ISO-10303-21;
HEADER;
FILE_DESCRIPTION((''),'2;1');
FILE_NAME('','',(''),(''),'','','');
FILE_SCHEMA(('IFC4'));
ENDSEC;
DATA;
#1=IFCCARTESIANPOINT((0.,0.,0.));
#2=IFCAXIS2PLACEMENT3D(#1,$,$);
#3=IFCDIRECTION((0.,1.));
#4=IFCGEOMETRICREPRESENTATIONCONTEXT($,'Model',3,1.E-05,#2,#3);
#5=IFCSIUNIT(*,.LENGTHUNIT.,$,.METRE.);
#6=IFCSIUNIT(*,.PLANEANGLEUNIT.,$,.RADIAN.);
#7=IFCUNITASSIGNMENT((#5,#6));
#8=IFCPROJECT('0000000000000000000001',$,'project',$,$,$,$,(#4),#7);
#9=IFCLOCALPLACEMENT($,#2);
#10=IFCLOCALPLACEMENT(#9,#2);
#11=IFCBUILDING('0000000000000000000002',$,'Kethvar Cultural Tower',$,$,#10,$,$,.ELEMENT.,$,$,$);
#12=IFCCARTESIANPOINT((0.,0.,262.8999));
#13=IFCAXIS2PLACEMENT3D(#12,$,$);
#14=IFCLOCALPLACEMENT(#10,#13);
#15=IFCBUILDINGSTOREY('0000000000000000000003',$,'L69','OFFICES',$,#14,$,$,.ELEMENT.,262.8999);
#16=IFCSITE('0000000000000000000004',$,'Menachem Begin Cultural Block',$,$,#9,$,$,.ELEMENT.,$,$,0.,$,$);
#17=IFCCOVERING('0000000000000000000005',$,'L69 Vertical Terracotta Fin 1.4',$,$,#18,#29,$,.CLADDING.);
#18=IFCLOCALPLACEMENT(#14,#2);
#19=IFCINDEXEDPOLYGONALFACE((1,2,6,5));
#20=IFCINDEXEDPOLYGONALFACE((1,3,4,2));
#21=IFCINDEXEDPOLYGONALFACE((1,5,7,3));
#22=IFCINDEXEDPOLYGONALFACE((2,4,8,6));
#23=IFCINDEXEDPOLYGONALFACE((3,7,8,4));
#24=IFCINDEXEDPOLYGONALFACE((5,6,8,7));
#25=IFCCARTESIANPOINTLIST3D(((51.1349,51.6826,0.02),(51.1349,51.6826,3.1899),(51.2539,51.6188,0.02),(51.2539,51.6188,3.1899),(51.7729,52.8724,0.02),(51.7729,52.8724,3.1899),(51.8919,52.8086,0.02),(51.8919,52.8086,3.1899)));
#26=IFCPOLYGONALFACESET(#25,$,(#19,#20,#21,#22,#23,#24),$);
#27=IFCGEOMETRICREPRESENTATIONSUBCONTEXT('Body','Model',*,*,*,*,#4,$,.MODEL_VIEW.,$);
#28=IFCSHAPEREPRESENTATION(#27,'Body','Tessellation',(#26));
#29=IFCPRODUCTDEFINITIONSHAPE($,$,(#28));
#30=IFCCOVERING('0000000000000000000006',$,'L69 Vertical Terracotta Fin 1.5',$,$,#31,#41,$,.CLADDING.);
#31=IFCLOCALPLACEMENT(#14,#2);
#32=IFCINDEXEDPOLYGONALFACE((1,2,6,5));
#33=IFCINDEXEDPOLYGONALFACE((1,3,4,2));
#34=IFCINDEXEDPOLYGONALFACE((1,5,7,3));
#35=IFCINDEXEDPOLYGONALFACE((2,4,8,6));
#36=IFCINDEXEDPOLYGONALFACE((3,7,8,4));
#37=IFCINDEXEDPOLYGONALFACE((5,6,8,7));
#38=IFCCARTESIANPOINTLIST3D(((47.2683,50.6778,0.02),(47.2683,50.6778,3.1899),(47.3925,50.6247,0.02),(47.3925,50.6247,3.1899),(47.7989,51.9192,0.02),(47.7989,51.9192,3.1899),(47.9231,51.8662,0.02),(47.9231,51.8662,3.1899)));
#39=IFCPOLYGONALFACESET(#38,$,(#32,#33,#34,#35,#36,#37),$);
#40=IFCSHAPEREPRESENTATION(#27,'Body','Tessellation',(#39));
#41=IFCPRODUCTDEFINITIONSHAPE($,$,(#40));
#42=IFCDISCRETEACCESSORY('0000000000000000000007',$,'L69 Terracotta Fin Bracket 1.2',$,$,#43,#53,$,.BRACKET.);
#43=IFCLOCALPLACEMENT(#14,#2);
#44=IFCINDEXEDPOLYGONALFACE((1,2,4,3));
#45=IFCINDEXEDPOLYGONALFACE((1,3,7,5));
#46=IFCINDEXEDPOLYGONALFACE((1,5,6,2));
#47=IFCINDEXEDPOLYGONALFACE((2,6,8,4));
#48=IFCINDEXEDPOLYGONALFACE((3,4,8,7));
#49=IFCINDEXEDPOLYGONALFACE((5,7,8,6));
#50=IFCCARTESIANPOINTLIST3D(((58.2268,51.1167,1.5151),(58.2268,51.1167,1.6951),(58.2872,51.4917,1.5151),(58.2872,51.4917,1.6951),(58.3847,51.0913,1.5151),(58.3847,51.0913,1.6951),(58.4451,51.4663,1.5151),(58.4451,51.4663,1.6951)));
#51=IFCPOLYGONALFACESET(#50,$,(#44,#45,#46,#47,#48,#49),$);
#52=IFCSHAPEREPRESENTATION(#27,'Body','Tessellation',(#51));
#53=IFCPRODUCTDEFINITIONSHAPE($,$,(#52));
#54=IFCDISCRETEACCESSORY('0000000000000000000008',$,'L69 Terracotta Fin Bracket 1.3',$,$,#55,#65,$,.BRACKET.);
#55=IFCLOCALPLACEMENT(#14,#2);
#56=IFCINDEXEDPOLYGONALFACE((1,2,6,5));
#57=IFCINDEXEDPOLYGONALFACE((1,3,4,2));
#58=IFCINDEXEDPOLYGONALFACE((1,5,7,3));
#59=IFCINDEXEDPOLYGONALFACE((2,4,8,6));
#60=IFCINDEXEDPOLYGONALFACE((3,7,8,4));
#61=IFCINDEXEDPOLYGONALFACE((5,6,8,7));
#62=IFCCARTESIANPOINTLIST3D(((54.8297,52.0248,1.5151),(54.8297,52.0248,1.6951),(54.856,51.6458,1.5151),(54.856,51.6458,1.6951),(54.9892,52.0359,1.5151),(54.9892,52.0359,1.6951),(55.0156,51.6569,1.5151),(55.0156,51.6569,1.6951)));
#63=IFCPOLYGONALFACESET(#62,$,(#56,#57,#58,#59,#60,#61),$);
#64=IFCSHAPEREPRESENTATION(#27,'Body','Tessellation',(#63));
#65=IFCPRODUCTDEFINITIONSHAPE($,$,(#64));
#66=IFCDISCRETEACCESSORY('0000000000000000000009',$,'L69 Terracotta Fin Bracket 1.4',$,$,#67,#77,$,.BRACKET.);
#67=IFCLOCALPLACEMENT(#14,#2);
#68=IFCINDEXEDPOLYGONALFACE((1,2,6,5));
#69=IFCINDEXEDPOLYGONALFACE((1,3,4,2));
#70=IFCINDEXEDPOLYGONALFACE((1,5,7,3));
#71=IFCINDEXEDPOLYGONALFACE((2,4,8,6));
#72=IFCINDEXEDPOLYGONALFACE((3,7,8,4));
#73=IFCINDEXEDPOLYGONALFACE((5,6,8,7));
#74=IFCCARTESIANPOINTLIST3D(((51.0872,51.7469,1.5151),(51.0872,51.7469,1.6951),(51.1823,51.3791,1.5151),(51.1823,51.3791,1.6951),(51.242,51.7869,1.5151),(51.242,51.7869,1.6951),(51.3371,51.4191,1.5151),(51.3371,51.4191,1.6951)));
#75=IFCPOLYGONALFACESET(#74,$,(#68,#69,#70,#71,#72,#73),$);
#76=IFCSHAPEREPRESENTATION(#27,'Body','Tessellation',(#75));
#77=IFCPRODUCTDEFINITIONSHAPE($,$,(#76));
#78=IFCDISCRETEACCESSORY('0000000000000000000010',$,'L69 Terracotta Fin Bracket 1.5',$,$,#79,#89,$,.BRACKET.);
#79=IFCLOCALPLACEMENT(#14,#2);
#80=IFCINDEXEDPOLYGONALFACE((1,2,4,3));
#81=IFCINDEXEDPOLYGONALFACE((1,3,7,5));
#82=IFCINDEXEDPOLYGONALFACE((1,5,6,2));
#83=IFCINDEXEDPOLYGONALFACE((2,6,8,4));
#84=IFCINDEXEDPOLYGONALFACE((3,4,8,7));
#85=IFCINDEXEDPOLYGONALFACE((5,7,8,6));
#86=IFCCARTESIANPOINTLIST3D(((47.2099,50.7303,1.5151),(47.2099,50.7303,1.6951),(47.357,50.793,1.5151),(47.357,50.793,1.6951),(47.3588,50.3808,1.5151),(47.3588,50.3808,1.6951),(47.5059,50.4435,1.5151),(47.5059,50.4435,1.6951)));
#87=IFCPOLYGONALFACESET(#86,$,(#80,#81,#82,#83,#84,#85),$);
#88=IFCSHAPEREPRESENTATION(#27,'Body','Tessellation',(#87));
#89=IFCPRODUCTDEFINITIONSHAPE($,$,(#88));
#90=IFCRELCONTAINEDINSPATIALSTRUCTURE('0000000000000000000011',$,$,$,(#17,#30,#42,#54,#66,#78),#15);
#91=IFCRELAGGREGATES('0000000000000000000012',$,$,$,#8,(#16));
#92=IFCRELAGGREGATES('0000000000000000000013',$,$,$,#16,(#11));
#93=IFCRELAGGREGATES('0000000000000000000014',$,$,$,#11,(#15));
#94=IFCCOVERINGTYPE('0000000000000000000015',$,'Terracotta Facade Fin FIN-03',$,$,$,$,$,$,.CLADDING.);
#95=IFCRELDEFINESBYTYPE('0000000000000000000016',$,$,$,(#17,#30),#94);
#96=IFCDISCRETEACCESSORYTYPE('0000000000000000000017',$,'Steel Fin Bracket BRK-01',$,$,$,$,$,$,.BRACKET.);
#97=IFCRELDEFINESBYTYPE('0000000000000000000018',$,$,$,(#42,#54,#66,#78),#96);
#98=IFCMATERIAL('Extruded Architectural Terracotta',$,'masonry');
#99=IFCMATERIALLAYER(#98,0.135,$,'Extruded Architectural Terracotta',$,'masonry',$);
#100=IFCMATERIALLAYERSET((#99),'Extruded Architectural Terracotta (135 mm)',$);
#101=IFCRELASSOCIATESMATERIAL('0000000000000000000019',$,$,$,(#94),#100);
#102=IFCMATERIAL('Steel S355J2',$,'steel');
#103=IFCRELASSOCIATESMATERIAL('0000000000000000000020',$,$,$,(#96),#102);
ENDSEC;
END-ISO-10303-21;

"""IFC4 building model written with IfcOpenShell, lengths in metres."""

from ifc_helpers import new_model, si_unit, direction, frame, origin, origin_2d, place, context, subcontext, project, spatial, rectangle, extrude, source, transform, mapped, material, layer, layer_set, type_object, element, save


model = new_model("IFC4")

# Units and contexts
model_context = context("Model", 3, precision=1e-05, world=origin(), true_north=direction((0.0, 1.0)))
body_context = subcontext(model_context, "Body", "Model", "MODEL_VIEW")
ifc_project = project(units=[si_unit("LENGTHUNIT", "METRE"), si_unit("PLANEANGLEUNIT", "RADIAN")], contexts=[model_context])

# Site, building, storey
site_placement = place(None, origin())
site = spatial("IfcSite", under=ifc_project, at=site_placement, Name="Menachem Begin Cultural Block", CompositionType="ELEMENT", RefElevation=0.0)
building_placement = place(site_placement, origin())
building = spatial("IfcBuilding", under=site, at=building_placement, Name="Kethvar Cultural Tower", CompositionType="ELEMENT")
storey_placement = place(building_placement, frame((0.0, 0.0, 262.8999)))
storey = spatial("IfcBuildingStorey", under=building, at=storey_placement, Name="L69", Description="OFFICES", CompositionType="ELEMENT", Elevation=262.8999)

# Shared definitions
ifc_material_1 = material(Name="Steel S355J2", Category="steel")

# Coverings
ifc_material_2 = material(Name="Extruded Architectural Terracotta", Category="masonry")
ifc_layer_1 = layer(ifc_material_2, 0.135, Name="Extruded Architectural Terracotta", Category="masonry")
ifc_layer_set_1 = layer_set([ifc_layer_1], Name="Extruded Architectural Terracotta (135 mm)")
covering_type = type_object("IfcCoveringType", Name="Terracotta Facade Fin FIN-03", PredefinedType="CLADDING", material=ifc_layer_set_1)
shared_shape_1 = source(origin(), body_context, "Body", "SweptSolid", [
    extrude(rectangle(XDim=1.3501, YDim=0.135, at=origin_2d()), origin(), (0.0, 0.0, 1.0), 3.1699),
])
for number, where, z_axis, x_axis, name in (
    (1, (51.5134, 52.2456, 0.02), (0.0, 0.0, 1.0), (0.472551, 0.881303, 0.0), "L69 Vertical Terracotta Fin 1.4"),
    (2, (47.5957, 51.272, 0.02), (0.0, 0.0, 1.0), (0.392979, 0.919547, 0.0), "L69 Vertical Terracotta Fin 1.5"),
):
    element("IfcCovering", number, at=place(storey_placement, frame(where, z_axis=z_axis, x_axis=x_axis)), inside=storey, type_object=covering_type, Name=name, PredefinedType="CLADDING", context=body_context, shape_type="MappedRepresentation", body=[
        mapped(shared_shape_1, transform((0.0, 0.0, 0.0), scale=1.0)),
    ])

# Discrete accessories
discrete_accessory_type = type_object("IfcDiscreteAccessoryType", Name="Steel Fin Bracket BRK-01", PredefinedType="BRACKET", material=ifc_material_1)
shared_shape_2 = source(origin(), body_context, "Body", "SweptSolid", [
    extrude(rectangle(XDim=0.3799, YDim=0.1599, at=origin_2d()), origin(), (0.0, 0.0, 1.0), 0.1799),
])
for number, where, z_axis, x_axis, name in (
    (3, (58.3359, 51.2915, 1.5151), (0.0, 0.0, 1.0), (0.15902, 0.987275, 0.0), "L69 Terracotta Fin Bracket 1.2"),
    (4, (54.9226, 51.8408, 1.5151), (0.0, 0.0, 1.0), (-0.069408, 0.997588, 0.0), "L69 Terracotta Fin Bracket 1.3"),
    (5, (51.2122, 51.583, 1.5151), (0.0, 0.0, 1.0), (-0.250211, 0.968191, 0.0), "L69 Terracotta Fin Bracket 1.4"),
    (6, (47.3579, 50.5869, 1.5151), (0.0, 0.0, 1.0), (-0.392016, 0.919958, 0.0), "L69 Terracotta Fin Bracket 1.5"),
):
    element("IfcDiscreteAccessory", number, at=place(storey_placement, frame(where, z_axis=z_axis, x_axis=x_axis)), inside=storey, type_object=discrete_accessory_type, Name=name, PredefinedType="BRACKET", context=body_context, shape_type="MappedRepresentation", body=[
        mapped(shared_shape_2, transform((0.0, 0.0, 0.0), scale=1.0)),
    ])

save(model, "model.ifc")
